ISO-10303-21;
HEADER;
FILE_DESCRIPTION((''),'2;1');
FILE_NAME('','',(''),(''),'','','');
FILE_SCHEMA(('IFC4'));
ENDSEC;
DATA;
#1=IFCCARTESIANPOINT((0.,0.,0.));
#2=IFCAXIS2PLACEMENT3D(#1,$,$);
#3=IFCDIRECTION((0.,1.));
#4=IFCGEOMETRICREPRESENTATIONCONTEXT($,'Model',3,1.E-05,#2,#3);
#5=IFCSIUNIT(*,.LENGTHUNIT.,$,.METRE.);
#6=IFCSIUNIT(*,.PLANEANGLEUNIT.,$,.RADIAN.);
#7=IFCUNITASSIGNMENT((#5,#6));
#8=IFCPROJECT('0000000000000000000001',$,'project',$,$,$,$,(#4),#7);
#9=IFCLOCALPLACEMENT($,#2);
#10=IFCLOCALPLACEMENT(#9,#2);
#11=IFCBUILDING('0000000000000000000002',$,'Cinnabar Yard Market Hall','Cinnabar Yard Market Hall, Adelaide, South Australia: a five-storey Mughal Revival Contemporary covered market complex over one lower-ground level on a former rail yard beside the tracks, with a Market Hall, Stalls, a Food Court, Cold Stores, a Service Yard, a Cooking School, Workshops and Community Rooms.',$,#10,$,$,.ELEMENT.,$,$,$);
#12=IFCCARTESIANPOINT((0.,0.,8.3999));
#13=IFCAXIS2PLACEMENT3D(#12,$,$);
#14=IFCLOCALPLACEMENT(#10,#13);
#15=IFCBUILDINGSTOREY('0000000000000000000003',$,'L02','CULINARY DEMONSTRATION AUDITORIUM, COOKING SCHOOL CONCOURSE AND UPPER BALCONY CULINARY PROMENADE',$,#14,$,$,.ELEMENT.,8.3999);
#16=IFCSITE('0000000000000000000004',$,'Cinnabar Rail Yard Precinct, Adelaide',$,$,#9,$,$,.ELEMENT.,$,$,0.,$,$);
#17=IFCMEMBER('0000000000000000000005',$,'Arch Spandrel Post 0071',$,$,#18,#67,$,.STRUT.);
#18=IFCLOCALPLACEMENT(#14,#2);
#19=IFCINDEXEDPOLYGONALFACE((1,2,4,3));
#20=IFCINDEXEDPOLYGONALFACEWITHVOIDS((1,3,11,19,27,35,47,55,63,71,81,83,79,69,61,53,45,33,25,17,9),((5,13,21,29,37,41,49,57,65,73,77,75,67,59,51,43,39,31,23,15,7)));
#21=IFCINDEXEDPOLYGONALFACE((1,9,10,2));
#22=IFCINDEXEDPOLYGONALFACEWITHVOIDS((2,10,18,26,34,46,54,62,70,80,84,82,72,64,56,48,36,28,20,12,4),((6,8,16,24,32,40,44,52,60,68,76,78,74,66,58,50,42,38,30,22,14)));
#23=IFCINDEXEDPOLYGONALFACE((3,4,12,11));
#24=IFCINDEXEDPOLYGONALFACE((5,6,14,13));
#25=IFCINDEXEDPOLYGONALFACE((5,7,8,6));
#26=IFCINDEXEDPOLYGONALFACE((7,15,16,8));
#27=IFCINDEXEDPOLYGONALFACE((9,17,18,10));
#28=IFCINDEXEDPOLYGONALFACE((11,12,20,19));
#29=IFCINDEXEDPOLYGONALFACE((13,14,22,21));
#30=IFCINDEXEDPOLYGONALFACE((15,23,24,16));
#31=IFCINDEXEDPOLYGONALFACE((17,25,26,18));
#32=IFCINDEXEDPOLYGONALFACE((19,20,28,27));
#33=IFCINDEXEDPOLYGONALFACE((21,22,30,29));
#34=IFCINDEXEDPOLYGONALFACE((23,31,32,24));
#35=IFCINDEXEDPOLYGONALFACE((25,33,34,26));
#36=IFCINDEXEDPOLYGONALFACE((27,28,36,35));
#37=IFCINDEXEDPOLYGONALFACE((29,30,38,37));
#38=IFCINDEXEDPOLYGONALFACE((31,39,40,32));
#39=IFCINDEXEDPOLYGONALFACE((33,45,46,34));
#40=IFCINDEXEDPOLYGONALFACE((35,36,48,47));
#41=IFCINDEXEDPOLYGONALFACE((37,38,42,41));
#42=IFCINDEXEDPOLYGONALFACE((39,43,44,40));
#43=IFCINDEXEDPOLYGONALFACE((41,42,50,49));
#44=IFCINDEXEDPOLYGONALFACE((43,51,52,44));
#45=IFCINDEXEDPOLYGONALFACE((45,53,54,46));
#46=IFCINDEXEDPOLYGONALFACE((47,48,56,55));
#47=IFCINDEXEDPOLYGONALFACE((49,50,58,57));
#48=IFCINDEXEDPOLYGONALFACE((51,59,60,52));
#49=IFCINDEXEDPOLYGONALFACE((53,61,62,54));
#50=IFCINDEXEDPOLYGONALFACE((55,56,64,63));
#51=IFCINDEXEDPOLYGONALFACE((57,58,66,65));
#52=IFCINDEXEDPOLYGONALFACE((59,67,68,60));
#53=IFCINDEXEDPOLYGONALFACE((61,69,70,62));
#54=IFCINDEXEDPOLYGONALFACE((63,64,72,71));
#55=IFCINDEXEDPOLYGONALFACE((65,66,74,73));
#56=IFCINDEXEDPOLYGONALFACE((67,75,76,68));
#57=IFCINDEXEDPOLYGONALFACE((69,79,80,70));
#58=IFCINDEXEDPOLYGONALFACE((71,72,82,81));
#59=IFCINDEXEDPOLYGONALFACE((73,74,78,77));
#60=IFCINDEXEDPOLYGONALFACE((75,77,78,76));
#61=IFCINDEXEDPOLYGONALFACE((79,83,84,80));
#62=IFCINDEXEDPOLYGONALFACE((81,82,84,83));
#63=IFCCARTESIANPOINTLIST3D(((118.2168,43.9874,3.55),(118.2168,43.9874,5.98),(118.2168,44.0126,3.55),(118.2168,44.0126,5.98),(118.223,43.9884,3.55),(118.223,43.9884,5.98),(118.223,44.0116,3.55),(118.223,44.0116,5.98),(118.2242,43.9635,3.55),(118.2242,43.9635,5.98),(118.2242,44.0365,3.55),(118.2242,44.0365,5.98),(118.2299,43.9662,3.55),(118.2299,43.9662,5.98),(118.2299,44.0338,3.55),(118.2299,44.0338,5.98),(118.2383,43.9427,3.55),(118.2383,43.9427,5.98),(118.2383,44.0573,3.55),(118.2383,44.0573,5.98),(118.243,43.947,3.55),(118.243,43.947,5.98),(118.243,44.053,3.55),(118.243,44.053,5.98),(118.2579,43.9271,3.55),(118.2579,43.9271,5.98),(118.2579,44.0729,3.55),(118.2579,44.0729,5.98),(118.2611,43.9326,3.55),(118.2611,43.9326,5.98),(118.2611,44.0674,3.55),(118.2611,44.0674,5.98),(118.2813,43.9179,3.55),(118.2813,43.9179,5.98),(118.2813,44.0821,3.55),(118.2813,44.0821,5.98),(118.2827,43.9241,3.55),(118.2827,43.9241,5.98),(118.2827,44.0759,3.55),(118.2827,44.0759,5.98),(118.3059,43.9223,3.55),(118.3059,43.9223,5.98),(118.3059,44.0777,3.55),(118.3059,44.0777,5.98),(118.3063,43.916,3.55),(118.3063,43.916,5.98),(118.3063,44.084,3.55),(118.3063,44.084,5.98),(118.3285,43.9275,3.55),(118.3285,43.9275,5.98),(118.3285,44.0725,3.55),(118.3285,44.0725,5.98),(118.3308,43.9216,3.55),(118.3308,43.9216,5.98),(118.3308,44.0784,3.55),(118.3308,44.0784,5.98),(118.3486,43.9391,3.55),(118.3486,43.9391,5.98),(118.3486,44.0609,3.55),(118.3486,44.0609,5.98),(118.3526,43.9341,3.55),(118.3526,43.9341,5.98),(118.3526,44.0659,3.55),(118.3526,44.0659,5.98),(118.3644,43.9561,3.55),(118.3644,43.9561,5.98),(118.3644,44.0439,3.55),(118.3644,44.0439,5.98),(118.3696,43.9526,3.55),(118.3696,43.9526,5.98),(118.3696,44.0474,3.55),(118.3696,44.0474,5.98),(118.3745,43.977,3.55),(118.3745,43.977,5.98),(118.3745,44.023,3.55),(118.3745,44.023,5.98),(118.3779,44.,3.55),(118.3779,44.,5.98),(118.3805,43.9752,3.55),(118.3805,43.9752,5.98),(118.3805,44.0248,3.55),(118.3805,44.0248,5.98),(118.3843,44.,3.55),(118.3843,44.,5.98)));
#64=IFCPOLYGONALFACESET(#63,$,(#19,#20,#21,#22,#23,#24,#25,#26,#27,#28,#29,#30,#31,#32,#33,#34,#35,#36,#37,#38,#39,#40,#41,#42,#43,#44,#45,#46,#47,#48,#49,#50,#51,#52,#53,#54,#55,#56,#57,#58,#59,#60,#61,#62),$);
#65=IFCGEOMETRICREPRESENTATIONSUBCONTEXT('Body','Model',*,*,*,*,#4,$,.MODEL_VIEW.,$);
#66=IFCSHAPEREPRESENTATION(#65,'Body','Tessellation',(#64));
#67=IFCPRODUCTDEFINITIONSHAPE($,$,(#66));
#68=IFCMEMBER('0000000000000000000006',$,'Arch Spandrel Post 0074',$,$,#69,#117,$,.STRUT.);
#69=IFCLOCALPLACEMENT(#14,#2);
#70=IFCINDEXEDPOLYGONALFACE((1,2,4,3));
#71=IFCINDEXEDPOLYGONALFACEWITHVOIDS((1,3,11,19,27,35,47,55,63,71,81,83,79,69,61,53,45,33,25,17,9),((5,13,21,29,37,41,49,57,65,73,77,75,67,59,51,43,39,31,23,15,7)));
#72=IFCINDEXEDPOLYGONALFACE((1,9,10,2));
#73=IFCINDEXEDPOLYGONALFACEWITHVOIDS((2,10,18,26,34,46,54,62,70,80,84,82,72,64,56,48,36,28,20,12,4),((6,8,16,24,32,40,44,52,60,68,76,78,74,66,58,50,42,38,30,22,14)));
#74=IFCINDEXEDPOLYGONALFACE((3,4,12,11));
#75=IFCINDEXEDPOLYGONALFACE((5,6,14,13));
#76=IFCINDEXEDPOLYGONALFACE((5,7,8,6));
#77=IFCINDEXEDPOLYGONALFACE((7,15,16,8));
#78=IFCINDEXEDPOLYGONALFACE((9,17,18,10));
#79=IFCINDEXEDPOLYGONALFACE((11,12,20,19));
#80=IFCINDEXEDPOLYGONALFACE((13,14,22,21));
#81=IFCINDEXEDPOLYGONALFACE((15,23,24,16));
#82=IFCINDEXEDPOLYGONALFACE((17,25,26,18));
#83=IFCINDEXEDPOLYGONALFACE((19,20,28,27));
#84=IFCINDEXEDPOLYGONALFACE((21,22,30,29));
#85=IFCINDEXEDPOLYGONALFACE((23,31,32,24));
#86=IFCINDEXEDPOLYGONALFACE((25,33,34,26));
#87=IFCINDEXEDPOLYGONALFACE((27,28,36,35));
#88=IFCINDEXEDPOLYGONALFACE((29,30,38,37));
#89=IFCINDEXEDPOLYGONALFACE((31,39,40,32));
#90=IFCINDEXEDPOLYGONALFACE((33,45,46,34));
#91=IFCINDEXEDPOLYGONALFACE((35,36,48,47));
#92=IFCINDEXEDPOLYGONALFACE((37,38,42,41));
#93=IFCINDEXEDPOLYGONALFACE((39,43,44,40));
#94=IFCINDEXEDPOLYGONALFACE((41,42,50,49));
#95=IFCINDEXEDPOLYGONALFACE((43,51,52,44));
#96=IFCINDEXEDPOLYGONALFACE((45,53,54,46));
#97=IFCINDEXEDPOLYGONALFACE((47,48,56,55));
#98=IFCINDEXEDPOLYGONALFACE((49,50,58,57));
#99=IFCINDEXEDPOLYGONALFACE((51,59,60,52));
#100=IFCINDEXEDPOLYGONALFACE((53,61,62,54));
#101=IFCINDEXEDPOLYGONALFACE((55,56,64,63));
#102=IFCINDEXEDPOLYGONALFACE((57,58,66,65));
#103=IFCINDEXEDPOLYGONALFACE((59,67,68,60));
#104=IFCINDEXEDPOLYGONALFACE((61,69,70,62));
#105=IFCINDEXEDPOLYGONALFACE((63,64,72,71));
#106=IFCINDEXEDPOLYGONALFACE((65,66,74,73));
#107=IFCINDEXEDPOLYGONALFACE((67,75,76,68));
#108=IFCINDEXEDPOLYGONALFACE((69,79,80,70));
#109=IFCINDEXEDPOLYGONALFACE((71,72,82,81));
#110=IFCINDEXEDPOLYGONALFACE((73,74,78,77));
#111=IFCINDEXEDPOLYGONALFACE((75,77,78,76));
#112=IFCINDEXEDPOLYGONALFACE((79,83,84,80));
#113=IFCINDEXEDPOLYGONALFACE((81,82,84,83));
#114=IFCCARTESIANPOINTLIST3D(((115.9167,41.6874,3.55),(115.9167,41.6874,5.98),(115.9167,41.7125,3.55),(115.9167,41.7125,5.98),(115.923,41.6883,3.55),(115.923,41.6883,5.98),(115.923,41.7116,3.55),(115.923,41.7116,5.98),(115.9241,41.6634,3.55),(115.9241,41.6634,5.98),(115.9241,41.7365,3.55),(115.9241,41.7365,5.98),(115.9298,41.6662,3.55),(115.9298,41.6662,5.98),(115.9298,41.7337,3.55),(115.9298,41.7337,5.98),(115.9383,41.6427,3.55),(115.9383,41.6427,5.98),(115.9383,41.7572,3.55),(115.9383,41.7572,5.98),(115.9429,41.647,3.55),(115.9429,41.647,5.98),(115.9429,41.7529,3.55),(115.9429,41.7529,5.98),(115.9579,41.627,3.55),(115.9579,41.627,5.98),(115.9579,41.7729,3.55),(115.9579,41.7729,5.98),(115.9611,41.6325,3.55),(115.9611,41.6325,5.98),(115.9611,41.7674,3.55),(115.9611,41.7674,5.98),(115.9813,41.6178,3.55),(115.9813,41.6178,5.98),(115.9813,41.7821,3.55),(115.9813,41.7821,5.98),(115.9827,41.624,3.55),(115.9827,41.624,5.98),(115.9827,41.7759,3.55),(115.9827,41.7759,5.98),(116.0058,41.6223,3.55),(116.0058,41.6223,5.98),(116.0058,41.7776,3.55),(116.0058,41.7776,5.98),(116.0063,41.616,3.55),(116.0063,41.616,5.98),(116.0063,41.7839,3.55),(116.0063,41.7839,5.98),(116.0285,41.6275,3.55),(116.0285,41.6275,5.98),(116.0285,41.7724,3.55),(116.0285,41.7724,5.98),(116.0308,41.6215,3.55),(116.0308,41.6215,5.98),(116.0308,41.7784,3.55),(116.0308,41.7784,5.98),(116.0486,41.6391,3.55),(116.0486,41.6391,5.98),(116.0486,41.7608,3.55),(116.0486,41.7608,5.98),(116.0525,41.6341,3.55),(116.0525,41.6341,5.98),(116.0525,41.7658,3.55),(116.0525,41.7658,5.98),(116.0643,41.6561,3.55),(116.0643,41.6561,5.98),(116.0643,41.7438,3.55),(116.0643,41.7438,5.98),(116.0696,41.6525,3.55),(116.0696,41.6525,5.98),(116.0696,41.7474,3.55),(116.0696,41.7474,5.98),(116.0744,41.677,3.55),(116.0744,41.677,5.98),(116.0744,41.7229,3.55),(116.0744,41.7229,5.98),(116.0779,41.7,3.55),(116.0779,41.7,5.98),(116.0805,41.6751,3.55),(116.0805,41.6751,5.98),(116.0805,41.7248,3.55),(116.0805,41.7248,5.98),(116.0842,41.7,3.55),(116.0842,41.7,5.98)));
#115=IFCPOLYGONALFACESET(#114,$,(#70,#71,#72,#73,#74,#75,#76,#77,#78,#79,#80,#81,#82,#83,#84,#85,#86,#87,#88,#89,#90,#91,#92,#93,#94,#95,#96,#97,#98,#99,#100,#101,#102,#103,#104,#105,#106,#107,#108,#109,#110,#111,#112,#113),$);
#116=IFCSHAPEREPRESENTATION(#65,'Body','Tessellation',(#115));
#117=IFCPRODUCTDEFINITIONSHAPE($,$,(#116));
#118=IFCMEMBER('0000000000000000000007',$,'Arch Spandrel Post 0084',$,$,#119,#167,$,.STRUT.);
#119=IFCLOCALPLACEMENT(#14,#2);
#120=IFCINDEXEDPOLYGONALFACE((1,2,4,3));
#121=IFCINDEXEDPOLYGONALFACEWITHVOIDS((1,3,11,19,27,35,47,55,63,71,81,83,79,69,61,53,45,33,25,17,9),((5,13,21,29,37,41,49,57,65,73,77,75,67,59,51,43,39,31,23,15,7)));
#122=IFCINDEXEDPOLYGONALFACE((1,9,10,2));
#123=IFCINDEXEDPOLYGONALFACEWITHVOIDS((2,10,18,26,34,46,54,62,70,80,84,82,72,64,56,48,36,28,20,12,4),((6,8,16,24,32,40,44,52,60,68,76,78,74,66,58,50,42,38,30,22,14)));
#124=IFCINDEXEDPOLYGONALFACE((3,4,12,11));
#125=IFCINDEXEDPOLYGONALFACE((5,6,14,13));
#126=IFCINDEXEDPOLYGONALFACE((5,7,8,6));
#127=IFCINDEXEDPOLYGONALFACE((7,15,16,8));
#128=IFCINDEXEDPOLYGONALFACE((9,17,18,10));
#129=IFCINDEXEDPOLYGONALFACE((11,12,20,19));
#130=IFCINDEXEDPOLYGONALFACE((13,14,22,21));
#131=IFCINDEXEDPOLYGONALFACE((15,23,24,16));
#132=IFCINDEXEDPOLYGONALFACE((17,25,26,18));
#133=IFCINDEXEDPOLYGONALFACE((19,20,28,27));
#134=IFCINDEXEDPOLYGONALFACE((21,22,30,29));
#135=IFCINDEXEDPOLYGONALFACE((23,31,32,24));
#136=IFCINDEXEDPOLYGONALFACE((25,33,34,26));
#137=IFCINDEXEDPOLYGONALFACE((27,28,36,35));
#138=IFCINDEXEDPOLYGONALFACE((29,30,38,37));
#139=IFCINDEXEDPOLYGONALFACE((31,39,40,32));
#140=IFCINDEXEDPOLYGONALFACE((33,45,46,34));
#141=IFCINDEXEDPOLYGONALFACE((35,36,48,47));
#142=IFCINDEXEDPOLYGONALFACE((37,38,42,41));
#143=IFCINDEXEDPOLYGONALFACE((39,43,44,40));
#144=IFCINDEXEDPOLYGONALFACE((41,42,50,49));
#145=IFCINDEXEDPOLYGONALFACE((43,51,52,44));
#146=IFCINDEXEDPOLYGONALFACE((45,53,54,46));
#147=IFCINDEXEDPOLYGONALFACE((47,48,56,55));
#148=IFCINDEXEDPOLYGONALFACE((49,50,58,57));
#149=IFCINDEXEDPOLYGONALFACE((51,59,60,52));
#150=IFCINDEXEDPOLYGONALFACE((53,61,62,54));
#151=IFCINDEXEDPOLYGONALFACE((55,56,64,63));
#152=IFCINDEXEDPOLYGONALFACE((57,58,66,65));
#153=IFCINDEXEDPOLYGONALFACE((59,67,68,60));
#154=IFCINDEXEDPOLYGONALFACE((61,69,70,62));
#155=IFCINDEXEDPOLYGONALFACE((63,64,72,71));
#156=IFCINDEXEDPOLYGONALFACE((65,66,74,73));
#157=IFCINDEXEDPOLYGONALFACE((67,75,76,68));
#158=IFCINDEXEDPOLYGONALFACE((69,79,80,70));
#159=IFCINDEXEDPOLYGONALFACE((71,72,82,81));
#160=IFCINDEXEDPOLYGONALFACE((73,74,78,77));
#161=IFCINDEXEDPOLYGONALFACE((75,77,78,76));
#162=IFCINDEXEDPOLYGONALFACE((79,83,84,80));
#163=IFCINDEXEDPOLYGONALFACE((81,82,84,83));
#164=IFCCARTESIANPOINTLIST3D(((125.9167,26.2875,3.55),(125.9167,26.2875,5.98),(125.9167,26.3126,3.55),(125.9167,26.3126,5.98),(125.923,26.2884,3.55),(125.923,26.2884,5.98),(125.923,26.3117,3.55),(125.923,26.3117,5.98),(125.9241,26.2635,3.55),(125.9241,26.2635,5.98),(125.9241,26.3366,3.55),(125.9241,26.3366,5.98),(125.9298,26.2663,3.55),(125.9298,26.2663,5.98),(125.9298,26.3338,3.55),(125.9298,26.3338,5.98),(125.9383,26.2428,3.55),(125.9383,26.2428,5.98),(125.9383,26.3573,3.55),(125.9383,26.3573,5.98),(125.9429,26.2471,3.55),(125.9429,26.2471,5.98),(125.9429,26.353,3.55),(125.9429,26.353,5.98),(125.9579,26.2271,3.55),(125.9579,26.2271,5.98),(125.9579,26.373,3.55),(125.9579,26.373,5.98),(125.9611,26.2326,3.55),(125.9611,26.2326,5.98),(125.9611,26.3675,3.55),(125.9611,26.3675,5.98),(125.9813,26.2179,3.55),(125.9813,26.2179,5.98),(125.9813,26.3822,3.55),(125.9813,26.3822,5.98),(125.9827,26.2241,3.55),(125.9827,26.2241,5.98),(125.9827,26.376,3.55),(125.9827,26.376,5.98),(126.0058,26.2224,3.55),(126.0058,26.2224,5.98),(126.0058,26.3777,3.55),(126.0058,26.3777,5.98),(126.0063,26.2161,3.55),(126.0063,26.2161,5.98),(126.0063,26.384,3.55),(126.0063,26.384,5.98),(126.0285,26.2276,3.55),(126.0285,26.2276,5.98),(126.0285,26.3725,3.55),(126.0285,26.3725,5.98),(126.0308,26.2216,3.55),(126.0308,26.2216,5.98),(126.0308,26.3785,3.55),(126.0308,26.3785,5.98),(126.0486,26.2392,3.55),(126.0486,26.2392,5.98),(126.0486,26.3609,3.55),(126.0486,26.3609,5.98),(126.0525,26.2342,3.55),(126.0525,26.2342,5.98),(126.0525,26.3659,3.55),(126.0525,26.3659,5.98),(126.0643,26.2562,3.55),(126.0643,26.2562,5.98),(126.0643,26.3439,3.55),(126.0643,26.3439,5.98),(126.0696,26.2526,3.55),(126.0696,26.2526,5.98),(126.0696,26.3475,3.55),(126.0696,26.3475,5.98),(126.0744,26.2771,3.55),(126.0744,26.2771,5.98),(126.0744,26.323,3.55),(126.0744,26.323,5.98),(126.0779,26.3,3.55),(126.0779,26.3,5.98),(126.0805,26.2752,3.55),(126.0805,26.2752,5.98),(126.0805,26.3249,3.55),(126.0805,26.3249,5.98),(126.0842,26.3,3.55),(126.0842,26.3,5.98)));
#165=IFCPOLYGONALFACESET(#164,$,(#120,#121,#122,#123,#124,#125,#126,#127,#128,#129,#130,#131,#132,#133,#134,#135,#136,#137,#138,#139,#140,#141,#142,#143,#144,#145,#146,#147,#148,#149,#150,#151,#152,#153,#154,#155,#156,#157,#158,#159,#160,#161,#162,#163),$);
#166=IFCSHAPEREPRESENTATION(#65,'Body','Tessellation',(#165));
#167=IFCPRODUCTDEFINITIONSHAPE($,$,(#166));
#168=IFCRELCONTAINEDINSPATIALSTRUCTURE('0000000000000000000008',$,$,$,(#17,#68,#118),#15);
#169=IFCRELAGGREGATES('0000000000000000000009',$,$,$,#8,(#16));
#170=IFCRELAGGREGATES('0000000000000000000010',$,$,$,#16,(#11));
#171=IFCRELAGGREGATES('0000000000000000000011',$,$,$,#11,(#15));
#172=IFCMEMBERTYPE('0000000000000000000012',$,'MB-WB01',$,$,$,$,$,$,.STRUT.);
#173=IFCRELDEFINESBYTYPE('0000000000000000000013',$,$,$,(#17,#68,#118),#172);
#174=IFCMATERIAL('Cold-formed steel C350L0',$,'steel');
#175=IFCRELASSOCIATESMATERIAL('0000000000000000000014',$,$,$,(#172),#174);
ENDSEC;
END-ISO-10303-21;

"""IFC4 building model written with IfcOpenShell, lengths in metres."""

from ifc_helpers import new_model, si_unit, direction, frame, origin, origin_2d_with_axis, place, context, subcontext, project, spatial, hollow_circle, extrude, material, material_profile, profile_set, type_object, element, save


model = new_model("IFC4")

# Units and contexts
model_context = context("Model", 3, precision=1e-05, world=origin(), true_north=direction((0.0, 1.0)))
body_context = subcontext(model_context, "Body", "Model", "MODEL_VIEW")
ifc_project = project(units=[si_unit("LENGTHUNIT", "METRE"), si_unit("PLANEANGLEUNIT", "RADIAN")], contexts=[model_context])

# Site, building, storey
site_placement = place(None, origin())
site = spatial("IfcSite", under=ifc_project, at=site_placement, Name="Cinnabar Rail Yard Precinct, Adelaide", CompositionType="ELEMENT", RefElevation=0.0)
building_placement = place(site_placement, origin())
building = spatial("IfcBuilding", under=site, at=building_placement, Name="Cinnabar Yard Market Hall", Description="Cinnabar Yard Market Hall, Adelaide, South Australia: a five-storey Mughal Revival Contemporary covered market complex over one lower-ground level on a former rail yard beside the tracks, with a Market Hall, Stalls, a Food Court, Cold Stores, a Service Yard, a Cooking School, Workshops and Community Rooms.", CompositionType="ELEMENT")
storey_placement = place(building_placement, frame((0.0, 0.0, 8.3999)))
storey = spatial("IfcBuildingStorey", under=building, at=storey_placement, Name="L02", Description="CULINARY DEMONSTRATION AUDITORIUM, COOKING SCHOOL CONCOURSE AND UPPER BALCONY CULINARY PROMENADE", CompositionType="ELEMENT", Elevation=8.3999)

# Members
ifc_material_1 = material(Name="Cold-formed steel C350L0", Category="steel")
ifc_material_profile_1 = material_profile(ifc_material_1, hollow_circle(Radius=0.0842, WallThickness=0.0063, at=origin_2d_with_axis()), Name="168.3x6.4CHS")
ifc_profile_set_1 = profile_set([ifc_material_profile_1], Name="Cold-formed steel C350L0")
member_type_1 = type_object("IfcMemberType", Name="MB-WB01", PredefinedType="STRUT", material=ifc_profile_set_1)
for number, where, z_axis, x_axis, name in (
    (1, (118.3, 44.0, 3.55), (0.0, 0.0, 1.0), (1.0, 0.0, 0.0), "Arch Spandrel Post 0071"),
    (2, (116.0, 41.7, 3.55), (0.0, 0.0, 1.0), (1.0, 0.0, 0.0), "Arch Spandrel Post 0074"),
    (3, (126.0, 26.3, 3.55), (0.0, 0.0, 1.0), (1.0, 0.0, 0.0), "Arch Spandrel Post 0084"),
):
    element("IfcMember", number, at=place(storey_placement, frame(where, z_axis=z_axis, x_axis=x_axis)), inside=storey, type_object=member_type_1, Name=name, PredefinedType="STRUT", context=body_context, shape_type="SweptSolid", body=[
        extrude(hollow_circle(Radius=0.0842, WallThickness=0.0063, at=origin_2d_with_axis()), origin(), (0.0, 0.0, 1.0), 2.4299),
    ])

save(model, "model.ifc")
